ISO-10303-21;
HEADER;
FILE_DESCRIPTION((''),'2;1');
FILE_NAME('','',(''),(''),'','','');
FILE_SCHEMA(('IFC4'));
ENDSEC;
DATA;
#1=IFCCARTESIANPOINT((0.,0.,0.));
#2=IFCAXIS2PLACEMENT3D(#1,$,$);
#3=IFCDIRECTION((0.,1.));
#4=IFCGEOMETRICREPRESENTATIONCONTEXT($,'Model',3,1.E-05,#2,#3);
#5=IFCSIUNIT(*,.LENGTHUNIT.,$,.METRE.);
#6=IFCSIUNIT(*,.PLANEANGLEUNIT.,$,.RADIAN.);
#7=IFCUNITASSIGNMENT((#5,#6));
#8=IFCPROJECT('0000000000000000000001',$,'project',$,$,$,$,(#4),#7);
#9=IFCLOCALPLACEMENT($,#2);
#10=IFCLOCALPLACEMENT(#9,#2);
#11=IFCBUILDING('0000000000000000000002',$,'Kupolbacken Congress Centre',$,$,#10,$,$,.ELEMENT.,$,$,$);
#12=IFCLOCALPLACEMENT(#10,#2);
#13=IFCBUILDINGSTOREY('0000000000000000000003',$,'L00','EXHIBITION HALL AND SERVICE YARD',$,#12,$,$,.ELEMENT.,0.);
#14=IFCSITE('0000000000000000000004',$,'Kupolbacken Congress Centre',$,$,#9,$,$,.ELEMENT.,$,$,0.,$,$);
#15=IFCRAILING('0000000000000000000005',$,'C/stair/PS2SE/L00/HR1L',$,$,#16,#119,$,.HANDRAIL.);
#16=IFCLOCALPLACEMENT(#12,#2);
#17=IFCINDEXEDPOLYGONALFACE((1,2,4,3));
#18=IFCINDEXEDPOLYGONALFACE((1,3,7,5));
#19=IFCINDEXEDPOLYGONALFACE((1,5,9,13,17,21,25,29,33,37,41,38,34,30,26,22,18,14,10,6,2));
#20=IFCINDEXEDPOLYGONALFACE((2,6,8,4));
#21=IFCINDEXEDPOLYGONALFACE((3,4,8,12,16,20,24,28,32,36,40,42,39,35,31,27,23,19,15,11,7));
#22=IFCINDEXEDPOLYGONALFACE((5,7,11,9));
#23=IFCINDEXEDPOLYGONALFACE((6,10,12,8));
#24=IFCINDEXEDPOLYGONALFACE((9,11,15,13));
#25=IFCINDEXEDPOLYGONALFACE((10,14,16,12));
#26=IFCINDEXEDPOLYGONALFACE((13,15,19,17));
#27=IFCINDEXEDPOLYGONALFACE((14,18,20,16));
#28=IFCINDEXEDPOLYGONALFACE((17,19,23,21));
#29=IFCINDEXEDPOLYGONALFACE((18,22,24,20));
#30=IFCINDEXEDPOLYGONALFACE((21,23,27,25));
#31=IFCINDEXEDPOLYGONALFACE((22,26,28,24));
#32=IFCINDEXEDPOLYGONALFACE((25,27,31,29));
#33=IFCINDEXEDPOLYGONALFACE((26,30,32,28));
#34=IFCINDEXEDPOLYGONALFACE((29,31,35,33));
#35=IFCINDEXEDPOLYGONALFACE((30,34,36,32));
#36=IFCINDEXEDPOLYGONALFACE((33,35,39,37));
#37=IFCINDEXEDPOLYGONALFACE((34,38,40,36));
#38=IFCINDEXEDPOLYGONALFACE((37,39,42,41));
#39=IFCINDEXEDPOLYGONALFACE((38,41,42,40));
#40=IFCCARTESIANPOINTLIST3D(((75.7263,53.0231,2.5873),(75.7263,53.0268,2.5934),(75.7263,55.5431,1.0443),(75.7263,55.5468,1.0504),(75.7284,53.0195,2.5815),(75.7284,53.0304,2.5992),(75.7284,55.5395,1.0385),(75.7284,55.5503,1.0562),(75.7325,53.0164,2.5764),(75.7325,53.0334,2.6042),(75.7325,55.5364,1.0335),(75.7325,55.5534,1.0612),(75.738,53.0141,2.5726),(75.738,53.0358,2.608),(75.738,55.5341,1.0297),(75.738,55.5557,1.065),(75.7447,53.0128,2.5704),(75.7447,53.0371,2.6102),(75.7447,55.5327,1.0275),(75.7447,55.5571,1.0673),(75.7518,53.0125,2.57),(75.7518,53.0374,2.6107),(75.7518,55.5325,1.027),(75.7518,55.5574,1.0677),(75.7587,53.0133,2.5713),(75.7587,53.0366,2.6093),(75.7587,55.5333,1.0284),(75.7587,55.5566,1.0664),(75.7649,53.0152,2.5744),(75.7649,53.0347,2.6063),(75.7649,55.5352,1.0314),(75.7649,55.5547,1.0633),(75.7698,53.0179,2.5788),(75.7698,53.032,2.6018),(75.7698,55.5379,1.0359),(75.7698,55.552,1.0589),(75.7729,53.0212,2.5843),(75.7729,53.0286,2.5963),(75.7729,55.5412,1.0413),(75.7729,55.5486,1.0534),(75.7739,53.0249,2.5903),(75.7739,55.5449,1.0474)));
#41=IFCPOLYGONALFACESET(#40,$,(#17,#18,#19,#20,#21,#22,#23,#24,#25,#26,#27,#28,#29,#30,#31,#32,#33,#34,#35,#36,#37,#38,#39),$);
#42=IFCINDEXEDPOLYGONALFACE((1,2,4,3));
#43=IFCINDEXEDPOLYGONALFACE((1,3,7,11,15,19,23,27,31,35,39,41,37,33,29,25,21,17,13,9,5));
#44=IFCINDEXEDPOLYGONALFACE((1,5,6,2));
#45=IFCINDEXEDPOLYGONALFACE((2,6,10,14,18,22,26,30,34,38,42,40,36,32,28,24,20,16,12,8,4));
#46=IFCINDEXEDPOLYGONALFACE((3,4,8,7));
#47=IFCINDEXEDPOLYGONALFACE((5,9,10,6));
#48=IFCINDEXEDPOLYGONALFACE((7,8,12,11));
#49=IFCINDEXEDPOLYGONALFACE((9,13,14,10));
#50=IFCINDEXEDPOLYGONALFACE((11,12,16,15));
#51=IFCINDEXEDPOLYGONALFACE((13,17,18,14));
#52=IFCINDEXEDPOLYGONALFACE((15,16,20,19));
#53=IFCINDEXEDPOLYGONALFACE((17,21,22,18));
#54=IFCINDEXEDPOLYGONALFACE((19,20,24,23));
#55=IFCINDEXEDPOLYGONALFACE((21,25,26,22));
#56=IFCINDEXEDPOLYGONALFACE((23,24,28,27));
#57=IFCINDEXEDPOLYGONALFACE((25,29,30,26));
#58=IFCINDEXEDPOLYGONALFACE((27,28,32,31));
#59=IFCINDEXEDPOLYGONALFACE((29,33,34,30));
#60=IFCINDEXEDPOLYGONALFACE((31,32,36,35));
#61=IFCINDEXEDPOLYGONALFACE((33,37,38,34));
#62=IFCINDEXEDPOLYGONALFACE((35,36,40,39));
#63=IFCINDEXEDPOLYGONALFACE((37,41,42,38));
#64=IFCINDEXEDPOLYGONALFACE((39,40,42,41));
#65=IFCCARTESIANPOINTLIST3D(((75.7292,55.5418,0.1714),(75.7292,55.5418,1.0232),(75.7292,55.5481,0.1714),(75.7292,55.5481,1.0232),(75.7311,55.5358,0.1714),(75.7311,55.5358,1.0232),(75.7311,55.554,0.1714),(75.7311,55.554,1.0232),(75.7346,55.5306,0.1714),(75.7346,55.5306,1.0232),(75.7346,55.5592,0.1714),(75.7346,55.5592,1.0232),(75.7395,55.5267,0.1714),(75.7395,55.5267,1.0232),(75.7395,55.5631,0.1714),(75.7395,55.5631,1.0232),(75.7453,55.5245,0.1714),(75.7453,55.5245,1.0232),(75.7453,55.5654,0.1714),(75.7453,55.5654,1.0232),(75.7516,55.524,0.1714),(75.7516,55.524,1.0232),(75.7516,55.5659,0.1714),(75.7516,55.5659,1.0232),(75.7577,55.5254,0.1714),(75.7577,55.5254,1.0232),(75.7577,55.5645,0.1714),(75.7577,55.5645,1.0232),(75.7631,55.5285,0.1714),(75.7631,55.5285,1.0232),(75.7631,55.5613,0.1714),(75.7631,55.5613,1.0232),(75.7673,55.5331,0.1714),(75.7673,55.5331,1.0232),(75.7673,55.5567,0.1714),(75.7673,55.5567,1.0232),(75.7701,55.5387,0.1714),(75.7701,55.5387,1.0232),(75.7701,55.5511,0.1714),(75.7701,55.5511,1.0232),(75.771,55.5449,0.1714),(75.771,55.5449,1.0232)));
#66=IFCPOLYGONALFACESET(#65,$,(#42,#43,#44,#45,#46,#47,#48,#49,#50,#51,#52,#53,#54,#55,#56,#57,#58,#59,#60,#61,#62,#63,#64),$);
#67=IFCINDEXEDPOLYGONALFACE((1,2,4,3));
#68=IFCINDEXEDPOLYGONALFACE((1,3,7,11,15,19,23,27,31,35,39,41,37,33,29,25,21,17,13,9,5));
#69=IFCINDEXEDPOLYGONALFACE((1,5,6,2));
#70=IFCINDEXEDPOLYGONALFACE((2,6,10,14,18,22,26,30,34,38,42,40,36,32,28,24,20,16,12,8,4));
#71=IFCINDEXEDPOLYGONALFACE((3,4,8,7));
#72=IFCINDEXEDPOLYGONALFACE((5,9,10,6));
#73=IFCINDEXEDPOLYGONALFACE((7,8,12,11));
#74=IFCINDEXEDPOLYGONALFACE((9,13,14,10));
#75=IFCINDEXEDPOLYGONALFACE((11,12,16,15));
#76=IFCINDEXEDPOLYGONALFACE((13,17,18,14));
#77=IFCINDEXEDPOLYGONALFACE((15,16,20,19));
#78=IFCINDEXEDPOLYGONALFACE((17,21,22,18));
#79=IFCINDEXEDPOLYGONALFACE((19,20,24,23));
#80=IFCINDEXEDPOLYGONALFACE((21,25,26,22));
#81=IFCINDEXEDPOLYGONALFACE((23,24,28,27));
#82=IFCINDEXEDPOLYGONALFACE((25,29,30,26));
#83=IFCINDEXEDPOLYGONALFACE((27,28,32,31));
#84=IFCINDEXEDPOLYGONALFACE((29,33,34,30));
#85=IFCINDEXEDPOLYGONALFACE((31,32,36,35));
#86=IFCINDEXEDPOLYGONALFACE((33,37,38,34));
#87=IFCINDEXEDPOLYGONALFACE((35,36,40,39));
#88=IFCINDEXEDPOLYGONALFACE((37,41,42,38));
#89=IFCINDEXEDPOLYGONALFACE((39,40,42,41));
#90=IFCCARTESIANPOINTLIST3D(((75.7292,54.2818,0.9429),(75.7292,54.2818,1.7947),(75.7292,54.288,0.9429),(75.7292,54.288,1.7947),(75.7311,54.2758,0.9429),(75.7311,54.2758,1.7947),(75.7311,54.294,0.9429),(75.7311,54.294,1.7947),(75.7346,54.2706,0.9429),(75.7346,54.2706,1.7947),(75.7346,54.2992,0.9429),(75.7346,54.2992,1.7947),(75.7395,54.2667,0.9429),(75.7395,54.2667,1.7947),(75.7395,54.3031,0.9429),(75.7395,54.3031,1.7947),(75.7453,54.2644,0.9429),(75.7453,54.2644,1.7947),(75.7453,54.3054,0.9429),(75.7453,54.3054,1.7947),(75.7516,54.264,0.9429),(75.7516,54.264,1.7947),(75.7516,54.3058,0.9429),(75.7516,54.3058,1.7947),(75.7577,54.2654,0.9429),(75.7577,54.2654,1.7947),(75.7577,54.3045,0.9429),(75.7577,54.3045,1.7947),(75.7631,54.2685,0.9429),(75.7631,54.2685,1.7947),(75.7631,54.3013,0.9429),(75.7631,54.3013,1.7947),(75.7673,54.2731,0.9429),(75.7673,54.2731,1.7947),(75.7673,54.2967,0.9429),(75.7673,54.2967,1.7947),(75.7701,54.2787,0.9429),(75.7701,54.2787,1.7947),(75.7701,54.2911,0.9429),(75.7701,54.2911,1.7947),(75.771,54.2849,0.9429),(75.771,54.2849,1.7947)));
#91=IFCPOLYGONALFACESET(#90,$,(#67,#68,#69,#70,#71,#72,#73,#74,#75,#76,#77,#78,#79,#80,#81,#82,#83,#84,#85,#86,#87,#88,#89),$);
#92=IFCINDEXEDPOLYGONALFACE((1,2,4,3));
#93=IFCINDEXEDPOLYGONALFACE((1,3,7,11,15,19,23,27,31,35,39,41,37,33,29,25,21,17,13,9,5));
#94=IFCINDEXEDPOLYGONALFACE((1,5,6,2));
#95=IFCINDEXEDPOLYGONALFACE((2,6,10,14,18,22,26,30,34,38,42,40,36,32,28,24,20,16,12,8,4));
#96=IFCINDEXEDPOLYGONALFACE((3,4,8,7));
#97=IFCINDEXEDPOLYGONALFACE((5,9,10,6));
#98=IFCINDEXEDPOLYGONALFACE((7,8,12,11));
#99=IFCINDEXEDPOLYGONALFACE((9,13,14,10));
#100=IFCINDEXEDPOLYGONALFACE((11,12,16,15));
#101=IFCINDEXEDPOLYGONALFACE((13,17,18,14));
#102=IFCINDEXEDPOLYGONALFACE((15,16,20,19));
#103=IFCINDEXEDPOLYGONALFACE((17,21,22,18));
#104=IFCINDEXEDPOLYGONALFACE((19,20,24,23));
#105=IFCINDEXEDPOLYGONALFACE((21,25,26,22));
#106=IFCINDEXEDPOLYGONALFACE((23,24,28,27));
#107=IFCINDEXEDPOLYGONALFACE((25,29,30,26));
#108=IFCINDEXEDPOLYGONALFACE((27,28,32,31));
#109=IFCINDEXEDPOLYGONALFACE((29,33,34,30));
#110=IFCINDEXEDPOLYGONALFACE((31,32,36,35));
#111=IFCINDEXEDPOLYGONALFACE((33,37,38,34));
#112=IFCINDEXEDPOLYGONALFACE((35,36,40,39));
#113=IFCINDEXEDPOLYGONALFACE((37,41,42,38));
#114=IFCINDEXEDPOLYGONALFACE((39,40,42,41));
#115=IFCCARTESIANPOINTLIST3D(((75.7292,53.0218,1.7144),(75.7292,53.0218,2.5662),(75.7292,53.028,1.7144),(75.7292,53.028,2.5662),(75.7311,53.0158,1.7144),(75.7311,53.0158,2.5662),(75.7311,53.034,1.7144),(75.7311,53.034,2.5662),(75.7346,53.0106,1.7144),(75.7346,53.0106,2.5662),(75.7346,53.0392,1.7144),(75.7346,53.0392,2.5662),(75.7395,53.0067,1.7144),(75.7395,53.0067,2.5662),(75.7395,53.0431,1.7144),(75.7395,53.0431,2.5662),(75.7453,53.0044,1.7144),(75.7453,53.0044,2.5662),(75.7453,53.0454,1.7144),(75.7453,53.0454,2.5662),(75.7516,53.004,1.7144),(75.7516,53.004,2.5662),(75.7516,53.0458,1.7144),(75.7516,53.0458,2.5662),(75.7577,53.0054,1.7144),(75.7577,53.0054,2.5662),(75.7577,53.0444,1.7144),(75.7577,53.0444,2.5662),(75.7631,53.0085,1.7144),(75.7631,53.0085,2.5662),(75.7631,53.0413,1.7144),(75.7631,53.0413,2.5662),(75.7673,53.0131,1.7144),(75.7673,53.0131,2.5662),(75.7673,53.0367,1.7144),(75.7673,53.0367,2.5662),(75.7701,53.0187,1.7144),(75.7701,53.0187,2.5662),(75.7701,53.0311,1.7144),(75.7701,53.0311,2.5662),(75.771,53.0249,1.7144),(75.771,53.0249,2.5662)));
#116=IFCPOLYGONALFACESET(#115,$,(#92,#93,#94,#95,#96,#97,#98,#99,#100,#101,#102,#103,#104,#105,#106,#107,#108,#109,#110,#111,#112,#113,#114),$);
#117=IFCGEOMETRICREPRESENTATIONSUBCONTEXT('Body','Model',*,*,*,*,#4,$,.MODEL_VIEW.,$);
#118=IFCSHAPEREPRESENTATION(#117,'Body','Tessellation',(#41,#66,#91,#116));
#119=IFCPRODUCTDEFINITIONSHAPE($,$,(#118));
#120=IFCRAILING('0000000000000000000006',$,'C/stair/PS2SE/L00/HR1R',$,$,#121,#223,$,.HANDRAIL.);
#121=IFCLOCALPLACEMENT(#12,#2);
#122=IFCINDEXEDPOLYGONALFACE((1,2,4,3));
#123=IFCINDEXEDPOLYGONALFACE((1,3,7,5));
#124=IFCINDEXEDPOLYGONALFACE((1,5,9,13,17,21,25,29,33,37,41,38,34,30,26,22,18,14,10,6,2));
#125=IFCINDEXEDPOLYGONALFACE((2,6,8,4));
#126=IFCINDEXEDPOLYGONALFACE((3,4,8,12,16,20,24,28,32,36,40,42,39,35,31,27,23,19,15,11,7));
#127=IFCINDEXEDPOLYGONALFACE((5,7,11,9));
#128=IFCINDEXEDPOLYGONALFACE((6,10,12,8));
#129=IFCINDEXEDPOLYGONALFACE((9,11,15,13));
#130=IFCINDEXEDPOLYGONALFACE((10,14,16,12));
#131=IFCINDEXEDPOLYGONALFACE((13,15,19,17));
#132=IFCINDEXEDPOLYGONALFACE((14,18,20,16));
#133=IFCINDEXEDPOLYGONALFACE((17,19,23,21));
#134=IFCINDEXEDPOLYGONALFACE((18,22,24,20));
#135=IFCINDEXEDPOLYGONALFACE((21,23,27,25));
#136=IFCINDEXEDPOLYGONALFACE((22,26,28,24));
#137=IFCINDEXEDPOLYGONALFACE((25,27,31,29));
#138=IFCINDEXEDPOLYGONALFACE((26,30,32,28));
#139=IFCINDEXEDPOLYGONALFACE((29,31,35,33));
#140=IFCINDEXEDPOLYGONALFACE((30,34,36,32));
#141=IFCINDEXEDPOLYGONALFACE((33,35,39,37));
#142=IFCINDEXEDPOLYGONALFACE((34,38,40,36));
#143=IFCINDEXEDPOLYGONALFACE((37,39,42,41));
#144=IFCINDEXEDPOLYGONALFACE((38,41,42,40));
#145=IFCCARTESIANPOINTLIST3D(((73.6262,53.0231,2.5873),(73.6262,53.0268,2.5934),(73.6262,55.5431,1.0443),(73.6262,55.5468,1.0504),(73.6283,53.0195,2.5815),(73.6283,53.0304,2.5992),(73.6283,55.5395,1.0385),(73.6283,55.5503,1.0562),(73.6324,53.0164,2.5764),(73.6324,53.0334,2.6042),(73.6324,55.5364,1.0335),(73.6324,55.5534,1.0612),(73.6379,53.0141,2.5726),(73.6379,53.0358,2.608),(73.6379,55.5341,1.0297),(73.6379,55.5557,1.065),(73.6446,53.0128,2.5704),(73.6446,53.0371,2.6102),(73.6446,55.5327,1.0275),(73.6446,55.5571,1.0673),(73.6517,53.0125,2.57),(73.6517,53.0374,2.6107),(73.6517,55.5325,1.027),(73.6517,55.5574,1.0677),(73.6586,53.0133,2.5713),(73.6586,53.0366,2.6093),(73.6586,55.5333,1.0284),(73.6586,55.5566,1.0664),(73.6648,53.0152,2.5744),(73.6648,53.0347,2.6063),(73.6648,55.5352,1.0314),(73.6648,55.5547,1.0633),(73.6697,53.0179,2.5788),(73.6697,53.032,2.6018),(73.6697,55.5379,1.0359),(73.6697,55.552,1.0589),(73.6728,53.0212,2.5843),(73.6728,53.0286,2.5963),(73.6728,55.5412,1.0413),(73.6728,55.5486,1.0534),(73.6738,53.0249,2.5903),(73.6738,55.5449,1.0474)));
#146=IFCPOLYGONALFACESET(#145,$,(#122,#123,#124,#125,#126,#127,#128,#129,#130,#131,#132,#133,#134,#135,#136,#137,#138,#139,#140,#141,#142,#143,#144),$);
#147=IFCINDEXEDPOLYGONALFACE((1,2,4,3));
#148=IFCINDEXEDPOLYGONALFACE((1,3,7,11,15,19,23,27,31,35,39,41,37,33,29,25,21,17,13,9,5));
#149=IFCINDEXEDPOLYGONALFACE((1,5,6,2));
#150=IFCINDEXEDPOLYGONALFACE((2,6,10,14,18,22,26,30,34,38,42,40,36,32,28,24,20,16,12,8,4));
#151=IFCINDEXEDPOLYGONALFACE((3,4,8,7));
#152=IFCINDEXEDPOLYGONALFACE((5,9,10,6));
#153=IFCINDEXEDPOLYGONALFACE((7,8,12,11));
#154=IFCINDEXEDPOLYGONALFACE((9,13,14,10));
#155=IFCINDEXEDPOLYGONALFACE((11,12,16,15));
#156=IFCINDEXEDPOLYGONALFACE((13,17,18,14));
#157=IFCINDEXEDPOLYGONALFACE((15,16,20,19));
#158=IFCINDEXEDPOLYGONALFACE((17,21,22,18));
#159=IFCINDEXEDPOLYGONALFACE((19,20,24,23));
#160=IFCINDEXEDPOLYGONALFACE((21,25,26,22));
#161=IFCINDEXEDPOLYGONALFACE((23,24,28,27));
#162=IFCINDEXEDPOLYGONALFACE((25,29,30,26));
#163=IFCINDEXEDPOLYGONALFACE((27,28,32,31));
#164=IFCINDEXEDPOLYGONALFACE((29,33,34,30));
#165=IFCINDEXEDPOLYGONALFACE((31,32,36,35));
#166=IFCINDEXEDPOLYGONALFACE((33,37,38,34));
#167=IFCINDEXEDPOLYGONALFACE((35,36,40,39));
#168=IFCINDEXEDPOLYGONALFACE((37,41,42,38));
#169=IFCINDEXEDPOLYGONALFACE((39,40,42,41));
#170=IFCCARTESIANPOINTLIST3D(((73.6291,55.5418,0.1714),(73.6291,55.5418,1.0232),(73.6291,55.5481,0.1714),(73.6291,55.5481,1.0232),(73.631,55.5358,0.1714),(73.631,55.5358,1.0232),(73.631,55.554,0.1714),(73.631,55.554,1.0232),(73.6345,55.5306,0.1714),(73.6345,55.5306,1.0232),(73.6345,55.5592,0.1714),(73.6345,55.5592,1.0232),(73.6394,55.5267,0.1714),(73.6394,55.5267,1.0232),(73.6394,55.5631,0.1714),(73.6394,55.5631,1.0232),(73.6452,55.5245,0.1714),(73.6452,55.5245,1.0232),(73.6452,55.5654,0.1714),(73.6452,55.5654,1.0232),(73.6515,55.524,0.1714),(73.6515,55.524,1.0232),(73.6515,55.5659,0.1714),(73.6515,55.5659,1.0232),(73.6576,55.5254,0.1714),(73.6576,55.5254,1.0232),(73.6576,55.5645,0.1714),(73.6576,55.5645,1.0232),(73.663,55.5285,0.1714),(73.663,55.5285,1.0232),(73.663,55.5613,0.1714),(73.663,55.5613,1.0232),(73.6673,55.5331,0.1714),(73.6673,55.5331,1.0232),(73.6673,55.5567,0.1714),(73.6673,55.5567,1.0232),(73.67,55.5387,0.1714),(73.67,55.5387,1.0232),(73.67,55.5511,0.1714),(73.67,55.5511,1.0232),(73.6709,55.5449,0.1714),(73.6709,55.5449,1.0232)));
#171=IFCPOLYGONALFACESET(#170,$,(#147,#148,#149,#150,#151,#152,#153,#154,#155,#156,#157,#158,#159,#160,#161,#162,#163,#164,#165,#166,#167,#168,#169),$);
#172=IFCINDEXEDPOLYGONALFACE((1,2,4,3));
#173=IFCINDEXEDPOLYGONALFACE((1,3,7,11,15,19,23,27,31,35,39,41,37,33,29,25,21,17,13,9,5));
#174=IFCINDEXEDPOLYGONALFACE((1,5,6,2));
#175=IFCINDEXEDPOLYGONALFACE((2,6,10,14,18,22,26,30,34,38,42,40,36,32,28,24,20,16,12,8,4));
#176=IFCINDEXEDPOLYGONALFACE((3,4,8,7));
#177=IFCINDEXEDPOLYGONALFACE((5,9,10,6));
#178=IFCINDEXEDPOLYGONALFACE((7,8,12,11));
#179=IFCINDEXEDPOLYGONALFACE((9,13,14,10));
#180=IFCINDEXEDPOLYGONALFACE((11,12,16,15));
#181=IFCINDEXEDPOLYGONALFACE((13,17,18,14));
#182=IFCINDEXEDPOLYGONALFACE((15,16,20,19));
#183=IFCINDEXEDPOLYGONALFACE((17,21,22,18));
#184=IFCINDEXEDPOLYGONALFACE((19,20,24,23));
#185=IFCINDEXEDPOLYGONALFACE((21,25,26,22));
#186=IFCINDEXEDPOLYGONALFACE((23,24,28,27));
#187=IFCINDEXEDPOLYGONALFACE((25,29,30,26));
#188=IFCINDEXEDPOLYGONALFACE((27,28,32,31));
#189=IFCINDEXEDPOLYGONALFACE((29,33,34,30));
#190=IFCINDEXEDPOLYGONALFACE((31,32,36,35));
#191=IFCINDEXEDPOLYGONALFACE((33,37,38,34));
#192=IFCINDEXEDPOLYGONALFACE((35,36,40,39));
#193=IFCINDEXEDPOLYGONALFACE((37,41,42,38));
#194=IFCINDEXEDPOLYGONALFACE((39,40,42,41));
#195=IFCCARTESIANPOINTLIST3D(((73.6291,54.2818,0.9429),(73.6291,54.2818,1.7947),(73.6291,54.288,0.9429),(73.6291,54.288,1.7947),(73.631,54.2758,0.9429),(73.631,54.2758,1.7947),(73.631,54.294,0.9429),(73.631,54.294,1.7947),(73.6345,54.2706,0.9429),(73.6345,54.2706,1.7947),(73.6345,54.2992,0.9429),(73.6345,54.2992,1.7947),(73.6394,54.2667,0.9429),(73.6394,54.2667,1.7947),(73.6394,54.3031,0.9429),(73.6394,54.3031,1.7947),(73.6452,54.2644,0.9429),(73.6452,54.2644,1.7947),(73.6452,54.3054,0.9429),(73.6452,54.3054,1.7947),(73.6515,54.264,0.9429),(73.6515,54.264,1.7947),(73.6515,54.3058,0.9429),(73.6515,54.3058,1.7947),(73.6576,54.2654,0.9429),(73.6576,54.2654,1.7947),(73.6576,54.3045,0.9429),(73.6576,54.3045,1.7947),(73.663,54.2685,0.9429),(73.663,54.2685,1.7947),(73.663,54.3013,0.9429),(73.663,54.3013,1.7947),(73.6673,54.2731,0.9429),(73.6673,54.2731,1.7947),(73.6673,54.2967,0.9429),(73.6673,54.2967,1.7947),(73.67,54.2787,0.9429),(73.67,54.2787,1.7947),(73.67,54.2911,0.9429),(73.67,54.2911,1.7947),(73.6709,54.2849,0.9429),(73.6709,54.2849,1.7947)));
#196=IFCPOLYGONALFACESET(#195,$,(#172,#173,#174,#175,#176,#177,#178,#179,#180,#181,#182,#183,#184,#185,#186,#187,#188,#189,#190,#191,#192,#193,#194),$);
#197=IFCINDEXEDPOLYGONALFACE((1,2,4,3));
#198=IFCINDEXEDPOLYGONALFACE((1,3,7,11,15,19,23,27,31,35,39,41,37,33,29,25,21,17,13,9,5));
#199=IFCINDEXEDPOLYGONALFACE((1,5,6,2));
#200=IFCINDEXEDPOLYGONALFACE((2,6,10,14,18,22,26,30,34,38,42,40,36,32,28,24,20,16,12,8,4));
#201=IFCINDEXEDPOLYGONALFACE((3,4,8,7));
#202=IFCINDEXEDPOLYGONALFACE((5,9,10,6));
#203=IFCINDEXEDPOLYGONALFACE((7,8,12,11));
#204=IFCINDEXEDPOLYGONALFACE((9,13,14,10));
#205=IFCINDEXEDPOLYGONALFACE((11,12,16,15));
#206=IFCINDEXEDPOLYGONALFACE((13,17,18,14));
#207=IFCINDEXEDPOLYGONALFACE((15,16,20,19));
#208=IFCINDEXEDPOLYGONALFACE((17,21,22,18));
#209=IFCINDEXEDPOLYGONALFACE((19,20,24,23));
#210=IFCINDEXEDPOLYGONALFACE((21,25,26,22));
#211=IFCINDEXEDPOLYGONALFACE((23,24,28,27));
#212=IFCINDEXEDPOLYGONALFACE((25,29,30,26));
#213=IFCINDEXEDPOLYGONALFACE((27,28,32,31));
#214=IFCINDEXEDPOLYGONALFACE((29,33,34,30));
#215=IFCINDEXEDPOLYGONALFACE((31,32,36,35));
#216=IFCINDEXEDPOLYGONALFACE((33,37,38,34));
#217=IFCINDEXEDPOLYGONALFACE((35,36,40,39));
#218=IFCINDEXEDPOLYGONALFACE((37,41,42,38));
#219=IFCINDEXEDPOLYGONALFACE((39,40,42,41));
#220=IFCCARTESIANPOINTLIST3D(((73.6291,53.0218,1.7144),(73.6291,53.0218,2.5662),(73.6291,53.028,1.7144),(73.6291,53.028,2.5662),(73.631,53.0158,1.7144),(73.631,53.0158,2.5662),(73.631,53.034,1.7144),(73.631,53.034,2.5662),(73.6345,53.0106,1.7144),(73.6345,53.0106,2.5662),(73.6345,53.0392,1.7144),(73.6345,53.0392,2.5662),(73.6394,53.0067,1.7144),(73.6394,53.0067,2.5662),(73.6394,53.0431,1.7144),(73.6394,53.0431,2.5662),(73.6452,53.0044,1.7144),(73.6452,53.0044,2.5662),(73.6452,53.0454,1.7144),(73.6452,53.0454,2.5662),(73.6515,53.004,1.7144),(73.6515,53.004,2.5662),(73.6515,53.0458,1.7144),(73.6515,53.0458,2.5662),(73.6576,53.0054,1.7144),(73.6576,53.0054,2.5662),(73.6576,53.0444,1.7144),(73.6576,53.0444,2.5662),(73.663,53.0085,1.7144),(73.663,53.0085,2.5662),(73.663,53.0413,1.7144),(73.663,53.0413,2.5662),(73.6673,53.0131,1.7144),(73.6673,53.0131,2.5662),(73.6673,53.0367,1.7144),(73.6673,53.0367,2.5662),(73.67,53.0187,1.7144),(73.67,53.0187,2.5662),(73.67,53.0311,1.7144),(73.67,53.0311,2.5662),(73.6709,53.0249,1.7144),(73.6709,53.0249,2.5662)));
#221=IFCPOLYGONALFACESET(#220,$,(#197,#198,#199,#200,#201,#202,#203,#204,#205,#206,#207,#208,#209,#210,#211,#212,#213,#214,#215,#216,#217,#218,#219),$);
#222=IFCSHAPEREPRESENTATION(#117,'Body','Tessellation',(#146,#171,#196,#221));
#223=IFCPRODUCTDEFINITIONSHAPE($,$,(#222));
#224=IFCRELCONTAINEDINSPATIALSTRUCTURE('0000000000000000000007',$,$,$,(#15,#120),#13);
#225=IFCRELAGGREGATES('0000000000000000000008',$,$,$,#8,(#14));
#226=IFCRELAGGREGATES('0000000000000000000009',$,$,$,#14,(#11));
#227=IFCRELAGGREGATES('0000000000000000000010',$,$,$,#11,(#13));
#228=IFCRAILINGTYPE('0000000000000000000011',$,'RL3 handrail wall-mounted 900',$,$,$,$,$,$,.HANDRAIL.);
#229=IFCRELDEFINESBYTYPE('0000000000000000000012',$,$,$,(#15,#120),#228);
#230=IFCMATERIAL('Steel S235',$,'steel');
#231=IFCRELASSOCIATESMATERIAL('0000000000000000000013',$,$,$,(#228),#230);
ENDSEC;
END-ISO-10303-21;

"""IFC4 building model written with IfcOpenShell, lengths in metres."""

from ifc_helpers import new_model, si_unit, direction, frame, origin, origin_2d, place, context, subcontext, project, spatial, circle, extrude, material, type_object, element, save


model = new_model("IFC4")

# Units and contexts
model_context = context("Model", 3, precision=1e-05, world=origin(), true_north=direction((0.0, 1.0)))
body_context = subcontext(model_context, "Body", "Model", "MODEL_VIEW")
ifc_project = project(units=[si_unit("LENGTHUNIT", "METRE"), si_unit("PLANEANGLEUNIT", "RADIAN")], contexts=[model_context])

# Site, building, storey
site_placement = place(None, origin())
site = spatial("IfcSite", under=ifc_project, at=site_placement, Name="Kupolbacken Congress Centre", CompositionType="ELEMENT", RefElevation=0.0)
building_placement = place(site_placement, origin())
building = spatial("IfcBuilding", under=site, at=building_placement, Name="Kupolbacken Congress Centre", CompositionType="ELEMENT")
storey_placement = place(building_placement, origin())
storey = spatial("IfcBuildingStorey", under=building, at=storey_placement, Name="L00", Description="EXHIBITION HALL AND SERVICE YARD", CompositionType="ELEMENT", Elevation=0.0)

# Railings
ifc_material_1 = material(Name="Steel S235", Category="steel")
railing_type = type_object("IfcRailingType", Name="RL3 handrail wall-mounted 900", PredefinedType="HANDRAIL", material=ifc_material_1)
for number, where, name in (
    (1, (75.75, 55.5449, 0.1714), "C/stair/PS2SE/L00/HR1L"),
    (2, (73.6499, 55.5449, 0.1714), "C/stair/PS2SE/L00/HR1R"),
):
    element("IfcRailing", number, at=place(storey_placement, frame(where)), inside=storey, type_object=railing_type, Name=name, PredefinedType="HANDRAIL", context=body_context, shape_type="SweptSolid", body=[
        extrude(circle(Radius=0.0239, at=origin_2d()), frame((0.0, 0.0, 0.876), z_axis=(0.0, -0.852836, 0.522178), x_axis=(1.0, 0.0, 0.0)), (0.0, 0.0, 1.0), 2.9548),
        extrude(circle(Radius=0.021, at=origin_2d()), origin(), (0.0, 0.0, 1.0), 0.8518),
        extrude(circle(Radius=0.021, at=origin_2d()), frame((0.0, -1.26, 0.7715)), (0.0, 0.0, 1.0), 0.8518),
        extrude(circle(Radius=0.021, at=origin_2d()), frame((0.0, -2.52, 1.543)), (0.0, 0.0, 1.0), 0.8518),
    ])

save(model, "model.ifc")
